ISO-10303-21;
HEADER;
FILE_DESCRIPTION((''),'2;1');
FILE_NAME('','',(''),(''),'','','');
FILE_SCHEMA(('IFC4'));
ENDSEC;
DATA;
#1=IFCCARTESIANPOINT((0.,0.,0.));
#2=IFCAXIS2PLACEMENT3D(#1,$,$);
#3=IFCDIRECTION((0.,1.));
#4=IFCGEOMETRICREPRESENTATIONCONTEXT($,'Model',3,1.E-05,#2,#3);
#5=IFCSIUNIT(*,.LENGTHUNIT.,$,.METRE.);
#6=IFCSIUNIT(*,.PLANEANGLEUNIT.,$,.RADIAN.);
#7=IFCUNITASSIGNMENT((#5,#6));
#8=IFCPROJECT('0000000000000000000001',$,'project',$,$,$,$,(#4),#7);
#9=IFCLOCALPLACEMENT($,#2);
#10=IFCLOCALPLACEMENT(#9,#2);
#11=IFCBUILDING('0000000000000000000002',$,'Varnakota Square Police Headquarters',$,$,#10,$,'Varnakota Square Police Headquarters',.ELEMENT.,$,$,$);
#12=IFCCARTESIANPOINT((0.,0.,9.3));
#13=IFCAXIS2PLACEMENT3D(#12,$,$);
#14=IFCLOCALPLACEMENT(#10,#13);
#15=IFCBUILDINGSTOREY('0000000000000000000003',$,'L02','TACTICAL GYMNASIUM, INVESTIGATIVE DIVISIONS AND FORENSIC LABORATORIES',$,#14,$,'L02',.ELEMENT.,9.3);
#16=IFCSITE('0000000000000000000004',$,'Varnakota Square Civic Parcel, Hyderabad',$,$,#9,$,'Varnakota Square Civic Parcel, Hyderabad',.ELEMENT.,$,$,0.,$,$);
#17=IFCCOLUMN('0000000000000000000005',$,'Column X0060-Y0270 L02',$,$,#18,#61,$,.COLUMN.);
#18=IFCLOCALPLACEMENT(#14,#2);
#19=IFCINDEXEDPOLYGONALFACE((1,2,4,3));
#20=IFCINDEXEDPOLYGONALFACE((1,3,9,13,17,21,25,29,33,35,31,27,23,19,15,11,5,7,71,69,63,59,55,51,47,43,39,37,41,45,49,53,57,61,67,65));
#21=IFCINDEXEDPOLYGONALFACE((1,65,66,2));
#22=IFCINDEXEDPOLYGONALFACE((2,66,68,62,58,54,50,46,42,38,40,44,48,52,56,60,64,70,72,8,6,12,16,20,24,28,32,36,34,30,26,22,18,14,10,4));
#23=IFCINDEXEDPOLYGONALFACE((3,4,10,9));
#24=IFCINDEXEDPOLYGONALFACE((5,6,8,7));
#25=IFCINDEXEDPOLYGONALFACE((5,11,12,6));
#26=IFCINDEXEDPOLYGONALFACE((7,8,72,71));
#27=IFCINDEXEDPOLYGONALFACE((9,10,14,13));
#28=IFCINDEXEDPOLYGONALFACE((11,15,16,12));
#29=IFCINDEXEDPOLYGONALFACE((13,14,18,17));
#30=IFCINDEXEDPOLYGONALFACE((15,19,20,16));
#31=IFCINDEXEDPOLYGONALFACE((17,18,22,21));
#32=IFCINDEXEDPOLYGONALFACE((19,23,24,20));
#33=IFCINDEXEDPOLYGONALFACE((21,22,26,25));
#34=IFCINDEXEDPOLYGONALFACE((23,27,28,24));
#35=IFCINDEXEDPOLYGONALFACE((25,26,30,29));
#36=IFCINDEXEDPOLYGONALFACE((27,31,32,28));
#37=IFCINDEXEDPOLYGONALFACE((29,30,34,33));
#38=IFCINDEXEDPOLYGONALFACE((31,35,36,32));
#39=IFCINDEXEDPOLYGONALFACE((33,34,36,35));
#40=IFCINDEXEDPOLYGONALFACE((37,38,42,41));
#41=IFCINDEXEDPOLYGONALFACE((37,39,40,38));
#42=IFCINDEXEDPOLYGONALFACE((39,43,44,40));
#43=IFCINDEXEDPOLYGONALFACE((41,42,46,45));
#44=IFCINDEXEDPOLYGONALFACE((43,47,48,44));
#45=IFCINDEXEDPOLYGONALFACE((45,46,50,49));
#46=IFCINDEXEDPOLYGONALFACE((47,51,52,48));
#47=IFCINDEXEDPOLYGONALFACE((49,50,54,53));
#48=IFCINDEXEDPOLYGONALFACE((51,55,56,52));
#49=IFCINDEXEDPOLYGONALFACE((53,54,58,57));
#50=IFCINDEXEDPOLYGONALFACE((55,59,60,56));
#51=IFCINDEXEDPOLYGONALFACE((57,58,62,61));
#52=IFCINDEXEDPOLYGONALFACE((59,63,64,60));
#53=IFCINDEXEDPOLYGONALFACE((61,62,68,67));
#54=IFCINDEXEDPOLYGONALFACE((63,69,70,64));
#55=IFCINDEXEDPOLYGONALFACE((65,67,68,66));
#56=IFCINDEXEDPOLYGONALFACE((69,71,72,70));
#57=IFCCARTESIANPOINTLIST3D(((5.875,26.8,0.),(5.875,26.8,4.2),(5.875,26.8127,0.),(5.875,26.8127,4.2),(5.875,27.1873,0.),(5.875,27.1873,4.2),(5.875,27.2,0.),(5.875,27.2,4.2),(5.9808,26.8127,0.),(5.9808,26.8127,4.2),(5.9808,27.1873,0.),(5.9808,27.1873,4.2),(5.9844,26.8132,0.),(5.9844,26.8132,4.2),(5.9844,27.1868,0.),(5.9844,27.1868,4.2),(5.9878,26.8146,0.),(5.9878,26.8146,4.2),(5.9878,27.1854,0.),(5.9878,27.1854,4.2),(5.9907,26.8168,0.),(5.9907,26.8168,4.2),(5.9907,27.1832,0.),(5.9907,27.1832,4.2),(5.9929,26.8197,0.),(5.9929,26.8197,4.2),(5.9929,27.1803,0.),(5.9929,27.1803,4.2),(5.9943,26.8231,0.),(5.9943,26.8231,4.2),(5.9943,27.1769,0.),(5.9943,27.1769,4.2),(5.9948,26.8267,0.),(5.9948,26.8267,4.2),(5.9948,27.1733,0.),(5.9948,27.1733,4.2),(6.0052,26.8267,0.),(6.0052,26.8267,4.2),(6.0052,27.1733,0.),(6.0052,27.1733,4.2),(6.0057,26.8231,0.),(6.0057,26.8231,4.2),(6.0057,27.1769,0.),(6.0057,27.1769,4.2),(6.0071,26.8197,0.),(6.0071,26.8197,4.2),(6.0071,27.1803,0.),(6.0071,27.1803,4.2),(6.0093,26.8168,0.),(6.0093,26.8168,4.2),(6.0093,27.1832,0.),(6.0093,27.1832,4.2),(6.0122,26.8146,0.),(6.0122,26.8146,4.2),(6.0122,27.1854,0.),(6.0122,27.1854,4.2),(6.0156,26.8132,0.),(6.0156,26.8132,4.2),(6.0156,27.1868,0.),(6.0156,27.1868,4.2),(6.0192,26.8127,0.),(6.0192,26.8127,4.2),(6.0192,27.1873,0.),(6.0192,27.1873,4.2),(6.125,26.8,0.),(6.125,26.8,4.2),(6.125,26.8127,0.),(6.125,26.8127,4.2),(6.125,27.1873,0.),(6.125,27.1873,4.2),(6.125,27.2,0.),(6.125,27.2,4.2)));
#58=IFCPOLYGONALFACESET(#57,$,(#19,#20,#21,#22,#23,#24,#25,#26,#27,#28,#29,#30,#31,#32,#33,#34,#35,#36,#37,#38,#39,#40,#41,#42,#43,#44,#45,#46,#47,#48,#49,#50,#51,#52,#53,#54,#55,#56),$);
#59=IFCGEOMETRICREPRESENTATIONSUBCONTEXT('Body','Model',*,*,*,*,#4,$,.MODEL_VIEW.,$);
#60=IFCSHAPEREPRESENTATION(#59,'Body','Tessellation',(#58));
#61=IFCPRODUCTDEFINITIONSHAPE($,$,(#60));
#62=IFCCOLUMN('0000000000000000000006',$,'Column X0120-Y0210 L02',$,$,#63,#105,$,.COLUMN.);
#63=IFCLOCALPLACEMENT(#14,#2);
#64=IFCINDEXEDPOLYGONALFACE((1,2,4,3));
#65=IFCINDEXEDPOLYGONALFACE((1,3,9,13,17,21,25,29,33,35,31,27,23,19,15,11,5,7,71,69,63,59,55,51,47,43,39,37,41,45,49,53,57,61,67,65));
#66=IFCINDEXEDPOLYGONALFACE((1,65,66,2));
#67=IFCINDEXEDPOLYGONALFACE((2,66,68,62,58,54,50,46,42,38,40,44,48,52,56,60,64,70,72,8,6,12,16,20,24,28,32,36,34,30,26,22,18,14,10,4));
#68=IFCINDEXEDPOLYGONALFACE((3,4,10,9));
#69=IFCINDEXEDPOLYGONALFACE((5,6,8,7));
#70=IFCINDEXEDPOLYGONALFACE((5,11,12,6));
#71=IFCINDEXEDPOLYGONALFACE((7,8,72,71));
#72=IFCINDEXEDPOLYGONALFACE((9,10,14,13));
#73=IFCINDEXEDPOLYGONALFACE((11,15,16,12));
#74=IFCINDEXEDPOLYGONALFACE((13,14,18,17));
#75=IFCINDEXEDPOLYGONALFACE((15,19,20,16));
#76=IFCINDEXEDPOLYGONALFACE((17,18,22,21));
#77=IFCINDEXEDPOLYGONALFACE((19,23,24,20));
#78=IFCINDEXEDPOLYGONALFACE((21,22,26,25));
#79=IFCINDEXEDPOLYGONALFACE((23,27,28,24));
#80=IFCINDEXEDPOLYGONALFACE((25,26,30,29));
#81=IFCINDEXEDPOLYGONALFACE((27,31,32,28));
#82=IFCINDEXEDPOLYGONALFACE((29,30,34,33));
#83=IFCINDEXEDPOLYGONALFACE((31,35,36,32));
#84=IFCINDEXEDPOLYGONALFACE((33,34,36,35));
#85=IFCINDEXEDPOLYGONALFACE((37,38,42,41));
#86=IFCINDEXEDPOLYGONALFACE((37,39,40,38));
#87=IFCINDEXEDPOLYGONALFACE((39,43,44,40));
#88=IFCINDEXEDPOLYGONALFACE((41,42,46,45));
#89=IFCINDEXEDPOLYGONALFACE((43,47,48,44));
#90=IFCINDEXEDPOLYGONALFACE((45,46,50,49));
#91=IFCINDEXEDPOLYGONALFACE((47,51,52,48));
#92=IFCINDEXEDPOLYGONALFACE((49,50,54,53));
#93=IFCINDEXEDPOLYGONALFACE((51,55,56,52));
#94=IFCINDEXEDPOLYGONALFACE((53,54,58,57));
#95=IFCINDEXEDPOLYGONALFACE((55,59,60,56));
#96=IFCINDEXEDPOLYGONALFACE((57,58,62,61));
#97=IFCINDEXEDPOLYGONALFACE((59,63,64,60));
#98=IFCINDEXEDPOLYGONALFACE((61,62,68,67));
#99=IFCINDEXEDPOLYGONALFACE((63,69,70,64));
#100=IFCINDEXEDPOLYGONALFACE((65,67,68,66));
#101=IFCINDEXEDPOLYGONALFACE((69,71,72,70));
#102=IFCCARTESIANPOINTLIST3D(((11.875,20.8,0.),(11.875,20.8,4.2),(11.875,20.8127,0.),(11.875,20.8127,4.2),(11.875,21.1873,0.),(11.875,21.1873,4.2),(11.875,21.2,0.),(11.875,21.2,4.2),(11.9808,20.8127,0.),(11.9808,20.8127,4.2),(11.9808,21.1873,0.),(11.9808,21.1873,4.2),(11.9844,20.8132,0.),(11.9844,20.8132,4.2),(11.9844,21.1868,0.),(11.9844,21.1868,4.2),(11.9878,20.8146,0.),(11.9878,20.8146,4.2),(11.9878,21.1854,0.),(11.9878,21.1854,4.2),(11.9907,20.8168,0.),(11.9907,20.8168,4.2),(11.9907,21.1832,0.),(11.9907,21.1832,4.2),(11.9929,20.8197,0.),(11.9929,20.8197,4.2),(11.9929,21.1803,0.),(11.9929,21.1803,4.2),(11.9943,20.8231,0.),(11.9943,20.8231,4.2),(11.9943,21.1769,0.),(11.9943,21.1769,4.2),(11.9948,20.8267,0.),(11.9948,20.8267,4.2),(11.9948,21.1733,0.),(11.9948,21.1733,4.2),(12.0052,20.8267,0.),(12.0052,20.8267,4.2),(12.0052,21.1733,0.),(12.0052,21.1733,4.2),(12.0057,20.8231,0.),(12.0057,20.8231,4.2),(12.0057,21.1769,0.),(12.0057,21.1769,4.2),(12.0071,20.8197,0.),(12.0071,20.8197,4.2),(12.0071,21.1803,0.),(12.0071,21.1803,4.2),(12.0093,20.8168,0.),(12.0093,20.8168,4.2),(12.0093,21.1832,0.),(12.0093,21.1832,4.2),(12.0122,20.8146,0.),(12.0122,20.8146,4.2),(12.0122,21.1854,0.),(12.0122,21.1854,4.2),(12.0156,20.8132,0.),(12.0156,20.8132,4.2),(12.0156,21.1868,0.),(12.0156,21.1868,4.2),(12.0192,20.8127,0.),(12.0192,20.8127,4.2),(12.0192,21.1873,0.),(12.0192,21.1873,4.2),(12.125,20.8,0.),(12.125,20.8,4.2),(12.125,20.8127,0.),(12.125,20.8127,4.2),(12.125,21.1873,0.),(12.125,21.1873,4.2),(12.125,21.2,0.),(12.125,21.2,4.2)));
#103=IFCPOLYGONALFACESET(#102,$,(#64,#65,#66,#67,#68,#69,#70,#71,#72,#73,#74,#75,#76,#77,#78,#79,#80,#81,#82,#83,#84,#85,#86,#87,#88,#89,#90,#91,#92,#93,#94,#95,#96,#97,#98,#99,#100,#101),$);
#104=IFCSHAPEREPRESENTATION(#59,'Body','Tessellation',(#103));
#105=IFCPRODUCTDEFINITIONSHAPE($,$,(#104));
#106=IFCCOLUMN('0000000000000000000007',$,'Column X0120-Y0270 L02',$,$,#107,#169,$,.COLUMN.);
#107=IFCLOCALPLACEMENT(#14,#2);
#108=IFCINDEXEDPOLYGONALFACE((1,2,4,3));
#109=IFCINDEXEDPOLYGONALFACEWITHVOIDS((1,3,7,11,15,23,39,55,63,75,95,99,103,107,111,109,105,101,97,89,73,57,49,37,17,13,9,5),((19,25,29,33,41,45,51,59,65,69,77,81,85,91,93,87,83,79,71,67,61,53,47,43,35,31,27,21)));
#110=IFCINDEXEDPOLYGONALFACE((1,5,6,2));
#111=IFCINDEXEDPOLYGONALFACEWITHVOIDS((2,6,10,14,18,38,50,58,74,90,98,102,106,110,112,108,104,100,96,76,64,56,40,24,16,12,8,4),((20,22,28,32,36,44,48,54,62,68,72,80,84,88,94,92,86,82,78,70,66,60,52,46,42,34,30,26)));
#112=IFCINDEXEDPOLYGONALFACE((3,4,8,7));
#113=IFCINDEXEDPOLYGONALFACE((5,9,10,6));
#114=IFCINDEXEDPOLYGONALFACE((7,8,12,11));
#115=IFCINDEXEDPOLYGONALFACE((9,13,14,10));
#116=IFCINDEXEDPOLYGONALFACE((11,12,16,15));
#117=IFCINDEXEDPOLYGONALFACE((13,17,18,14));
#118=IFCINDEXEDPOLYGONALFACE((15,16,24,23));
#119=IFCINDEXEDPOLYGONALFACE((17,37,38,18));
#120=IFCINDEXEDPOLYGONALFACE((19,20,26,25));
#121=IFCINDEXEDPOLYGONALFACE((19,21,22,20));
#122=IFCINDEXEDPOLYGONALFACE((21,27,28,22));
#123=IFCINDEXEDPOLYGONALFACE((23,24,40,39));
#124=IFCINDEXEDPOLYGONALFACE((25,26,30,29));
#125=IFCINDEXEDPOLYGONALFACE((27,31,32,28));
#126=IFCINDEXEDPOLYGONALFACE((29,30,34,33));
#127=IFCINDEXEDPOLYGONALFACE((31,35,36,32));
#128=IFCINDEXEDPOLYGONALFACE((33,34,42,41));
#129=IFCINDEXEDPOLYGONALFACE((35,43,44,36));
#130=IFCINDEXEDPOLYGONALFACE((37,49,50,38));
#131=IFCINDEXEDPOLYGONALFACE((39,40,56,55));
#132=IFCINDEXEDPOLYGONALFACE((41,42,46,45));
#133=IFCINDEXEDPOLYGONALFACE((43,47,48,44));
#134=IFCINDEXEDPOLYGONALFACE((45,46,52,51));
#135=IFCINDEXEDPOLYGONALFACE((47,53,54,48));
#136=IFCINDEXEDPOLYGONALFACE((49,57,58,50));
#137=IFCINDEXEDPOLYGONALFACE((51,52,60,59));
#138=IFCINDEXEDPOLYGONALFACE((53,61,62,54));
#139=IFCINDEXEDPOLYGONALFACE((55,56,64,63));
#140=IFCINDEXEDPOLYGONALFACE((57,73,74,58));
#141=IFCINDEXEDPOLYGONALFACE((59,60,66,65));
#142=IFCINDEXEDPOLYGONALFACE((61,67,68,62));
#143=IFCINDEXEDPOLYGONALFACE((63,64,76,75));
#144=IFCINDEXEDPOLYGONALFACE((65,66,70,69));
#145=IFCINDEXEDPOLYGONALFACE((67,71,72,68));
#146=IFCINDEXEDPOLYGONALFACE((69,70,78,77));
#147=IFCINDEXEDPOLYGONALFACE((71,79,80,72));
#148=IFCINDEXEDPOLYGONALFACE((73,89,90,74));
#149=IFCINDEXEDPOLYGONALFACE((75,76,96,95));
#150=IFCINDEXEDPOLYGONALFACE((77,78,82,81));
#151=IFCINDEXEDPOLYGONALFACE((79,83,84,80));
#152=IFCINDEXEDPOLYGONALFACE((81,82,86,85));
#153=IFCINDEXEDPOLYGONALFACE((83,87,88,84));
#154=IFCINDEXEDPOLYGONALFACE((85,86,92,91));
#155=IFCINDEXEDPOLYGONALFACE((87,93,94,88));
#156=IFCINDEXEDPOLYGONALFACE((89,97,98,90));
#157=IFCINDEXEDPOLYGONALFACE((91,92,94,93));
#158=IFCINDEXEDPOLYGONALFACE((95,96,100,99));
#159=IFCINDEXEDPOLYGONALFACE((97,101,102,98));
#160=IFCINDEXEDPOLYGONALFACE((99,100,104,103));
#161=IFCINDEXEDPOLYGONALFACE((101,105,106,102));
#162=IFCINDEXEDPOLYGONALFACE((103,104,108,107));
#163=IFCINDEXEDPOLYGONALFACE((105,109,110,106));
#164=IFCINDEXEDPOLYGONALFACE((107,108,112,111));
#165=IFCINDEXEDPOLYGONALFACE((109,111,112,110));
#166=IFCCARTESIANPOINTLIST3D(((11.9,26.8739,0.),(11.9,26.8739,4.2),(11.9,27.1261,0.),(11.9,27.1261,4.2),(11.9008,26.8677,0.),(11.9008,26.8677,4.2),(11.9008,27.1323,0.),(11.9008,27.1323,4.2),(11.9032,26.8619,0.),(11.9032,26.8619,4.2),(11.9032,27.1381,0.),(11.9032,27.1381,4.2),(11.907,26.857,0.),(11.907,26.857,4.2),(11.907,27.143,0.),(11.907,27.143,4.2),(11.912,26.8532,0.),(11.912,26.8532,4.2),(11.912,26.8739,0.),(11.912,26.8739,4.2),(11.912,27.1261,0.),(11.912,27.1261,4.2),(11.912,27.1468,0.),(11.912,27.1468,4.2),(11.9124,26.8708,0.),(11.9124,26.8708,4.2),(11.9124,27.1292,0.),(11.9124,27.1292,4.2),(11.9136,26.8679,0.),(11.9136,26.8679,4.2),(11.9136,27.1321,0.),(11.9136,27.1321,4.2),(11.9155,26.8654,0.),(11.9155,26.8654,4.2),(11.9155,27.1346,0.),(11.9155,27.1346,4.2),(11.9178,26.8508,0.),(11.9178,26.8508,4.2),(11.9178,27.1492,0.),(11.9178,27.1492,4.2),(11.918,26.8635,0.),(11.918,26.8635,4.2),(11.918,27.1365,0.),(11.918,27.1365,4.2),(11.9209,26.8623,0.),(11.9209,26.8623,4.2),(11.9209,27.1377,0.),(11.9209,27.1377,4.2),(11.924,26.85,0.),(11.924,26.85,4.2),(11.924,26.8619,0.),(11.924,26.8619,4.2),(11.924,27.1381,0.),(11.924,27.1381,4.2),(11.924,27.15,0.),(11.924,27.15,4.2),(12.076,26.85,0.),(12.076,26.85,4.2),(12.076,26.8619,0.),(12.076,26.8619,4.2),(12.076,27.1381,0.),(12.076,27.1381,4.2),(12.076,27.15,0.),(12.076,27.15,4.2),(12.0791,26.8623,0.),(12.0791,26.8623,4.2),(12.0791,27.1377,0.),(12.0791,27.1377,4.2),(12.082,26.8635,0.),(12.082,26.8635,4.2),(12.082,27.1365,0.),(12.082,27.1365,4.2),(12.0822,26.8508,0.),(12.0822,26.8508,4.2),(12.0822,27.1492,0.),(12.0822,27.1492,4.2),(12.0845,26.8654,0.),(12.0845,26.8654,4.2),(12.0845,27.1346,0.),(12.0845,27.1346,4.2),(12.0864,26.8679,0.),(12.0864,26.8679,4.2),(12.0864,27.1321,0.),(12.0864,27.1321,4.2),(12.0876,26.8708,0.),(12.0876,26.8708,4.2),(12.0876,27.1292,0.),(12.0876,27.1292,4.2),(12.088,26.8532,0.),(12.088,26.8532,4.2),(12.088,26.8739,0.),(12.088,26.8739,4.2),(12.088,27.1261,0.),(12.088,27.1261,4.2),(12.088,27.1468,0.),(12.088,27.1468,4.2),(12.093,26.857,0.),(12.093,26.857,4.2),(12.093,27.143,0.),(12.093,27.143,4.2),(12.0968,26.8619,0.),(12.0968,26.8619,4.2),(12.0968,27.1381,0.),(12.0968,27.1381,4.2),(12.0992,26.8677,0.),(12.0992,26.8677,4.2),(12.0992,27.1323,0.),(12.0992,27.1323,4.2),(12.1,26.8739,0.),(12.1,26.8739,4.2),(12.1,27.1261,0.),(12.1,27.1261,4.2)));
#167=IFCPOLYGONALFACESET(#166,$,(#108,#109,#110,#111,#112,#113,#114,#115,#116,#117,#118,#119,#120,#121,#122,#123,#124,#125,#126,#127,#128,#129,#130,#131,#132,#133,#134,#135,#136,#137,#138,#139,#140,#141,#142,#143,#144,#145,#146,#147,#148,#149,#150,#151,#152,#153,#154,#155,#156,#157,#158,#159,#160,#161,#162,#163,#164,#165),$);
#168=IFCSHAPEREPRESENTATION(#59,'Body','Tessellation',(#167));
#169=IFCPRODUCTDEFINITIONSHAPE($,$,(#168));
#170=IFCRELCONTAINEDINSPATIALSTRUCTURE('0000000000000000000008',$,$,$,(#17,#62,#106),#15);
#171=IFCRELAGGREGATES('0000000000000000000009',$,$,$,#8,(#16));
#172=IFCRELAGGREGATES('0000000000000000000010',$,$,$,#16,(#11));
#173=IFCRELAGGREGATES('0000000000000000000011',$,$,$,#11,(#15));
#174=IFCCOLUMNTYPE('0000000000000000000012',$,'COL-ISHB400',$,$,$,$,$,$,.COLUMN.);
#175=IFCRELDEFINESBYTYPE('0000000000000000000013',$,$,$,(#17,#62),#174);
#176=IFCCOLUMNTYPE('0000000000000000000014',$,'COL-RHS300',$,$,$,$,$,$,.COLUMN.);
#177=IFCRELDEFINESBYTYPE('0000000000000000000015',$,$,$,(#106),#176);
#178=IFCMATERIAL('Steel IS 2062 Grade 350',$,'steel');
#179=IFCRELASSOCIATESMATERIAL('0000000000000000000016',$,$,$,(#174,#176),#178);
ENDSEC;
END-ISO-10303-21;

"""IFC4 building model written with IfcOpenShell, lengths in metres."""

from ifc_helpers import new_model, si_unit, direction, frame, origin, origin_2d, place, context, subcontext, project, spatial, hollow_rectangle, i_section, extrude, material, material_profile, profile_set, type_object, element, save


model = new_model("IFC4")

# Units and contexts
model_context = context("Model", 3, precision=1e-05, world=origin(), true_north=direction((0.0, 1.0)))
body_context = subcontext(model_context, "Body", "Model", "MODEL_VIEW")
ifc_project = project(units=[si_unit("LENGTHUNIT", "METRE"), si_unit("PLANEANGLEUNIT", "RADIAN")], contexts=[model_context])

# Site, building, storey
site_placement = place(None, origin())
site = spatial("IfcSite", under=ifc_project, at=site_placement, Name="Varnakota Square Civic Parcel, Hyderabad", LongName="Varnakota Square Civic Parcel, Hyderabad", CompositionType="ELEMENT", RefElevation=0.0)
building_placement = place(site_placement, origin())
building = spatial("IfcBuilding", under=site, at=building_placement, Name="Varnakota Square Police Headquarters", LongName="Varnakota Square Police Headquarters", CompositionType="ELEMENT")
storey_placement = place(building_placement, frame((0.0, 0.0, 9.3)))
storey = spatial("IfcBuildingStorey", under=building, at=storey_placement, Name="L02", Description="TACTICAL GYMNASIUM, INVESTIGATIVE DIVISIONS AND FORENSIC LABORATORIES", LongName="L02", CompositionType="ELEMENT", Elevation=9.3)

# Columns
ifc_material_1 = material(Name="Steel IS 2062 Grade 350", Category="steel")
ifc_material_profile_1 = material_profile(ifc_material_1, i_section(OverallWidth=0.25, OverallDepth=0.3999, WebThickness=0.0105, FlangeThickness=0.0127, FilletRadius=0.0139, at=origin_2d()), Name="ISHB 400")
ifc_profile_set_1 = profile_set([ifc_material_profile_1], Name="Steel IS 2062 Grade 350")
column_type_1 = type_object("IfcColumnType", Name="COL-ISHB400", PredefinedType="COLUMN", material=ifc_profile_set_1)
for number, where, z_axis, x_axis, name in (
    (1, (6.0, 27.0, 0.0), (0.0, 0.0, 1.0), (1.0, 0.0, 0.0), "Column X0060-Y0270 L02"),
    (2, (12.0, 21.0, 0.0), (0.0, 0.0, 1.0), (1.0, 0.0, 0.0), "Column X0120-Y0210 L02"),
):
    element("IfcColumn", number, at=place(storey_placement, frame(where, z_axis=z_axis, x_axis=x_axis)), inside=storey, type_object=column_type_1, Name=name, PredefinedType="COLUMN", context=body_context, shape_type="SweptSolid", body=[
        extrude(i_section(OverallWidth=0.25, OverallDepth=0.3999, WebThickness=0.0105, FlangeThickness=0.0127, FilletRadius=0.0139, at=origin_2d()), origin(), (0.0, 0.0, 1.0), 4.2),
    ])
ifc_material_profile_2 = material_profile(ifc_material_1, hollow_rectangle(XDim=0.2, YDim=0.3, WallThickness=0.012, InnerFilletRadius=0.012, OuterFilletRadius=0.0239, at=origin_2d()), Name="RHS 300x200x12")
ifc_profile_set_2 = profile_set([ifc_material_profile_2], Name="Steel IS 2062 Grade 350")
column_type_2 = type_object("IfcColumnType", Name="COL-RHS300", PredefinedType="COLUMN", material=ifc_profile_set_2)
column_placement = place(storey_placement, frame((12.0, 27.0, 0.0), z_axis=(0.0, 0.0, 1.0), x_axis=(1.0, 0.0, 0.0)))
element("IfcColumn", 3, at=column_placement, inside=storey, type_object=column_type_2, Name="Column X0120-Y0270 L02", PredefinedType="COLUMN", context=body_context, shape_type="SweptSolid", body=[
    extrude(hollow_rectangle(XDim=0.2, YDim=0.3, WallThickness=0.012, InnerFilletRadius=0.012, OuterFilletRadius=0.0239, at=origin_2d()), origin(), (0.0, 0.0, 1.0), 4.2),
])

save(model, "model.ifc")
